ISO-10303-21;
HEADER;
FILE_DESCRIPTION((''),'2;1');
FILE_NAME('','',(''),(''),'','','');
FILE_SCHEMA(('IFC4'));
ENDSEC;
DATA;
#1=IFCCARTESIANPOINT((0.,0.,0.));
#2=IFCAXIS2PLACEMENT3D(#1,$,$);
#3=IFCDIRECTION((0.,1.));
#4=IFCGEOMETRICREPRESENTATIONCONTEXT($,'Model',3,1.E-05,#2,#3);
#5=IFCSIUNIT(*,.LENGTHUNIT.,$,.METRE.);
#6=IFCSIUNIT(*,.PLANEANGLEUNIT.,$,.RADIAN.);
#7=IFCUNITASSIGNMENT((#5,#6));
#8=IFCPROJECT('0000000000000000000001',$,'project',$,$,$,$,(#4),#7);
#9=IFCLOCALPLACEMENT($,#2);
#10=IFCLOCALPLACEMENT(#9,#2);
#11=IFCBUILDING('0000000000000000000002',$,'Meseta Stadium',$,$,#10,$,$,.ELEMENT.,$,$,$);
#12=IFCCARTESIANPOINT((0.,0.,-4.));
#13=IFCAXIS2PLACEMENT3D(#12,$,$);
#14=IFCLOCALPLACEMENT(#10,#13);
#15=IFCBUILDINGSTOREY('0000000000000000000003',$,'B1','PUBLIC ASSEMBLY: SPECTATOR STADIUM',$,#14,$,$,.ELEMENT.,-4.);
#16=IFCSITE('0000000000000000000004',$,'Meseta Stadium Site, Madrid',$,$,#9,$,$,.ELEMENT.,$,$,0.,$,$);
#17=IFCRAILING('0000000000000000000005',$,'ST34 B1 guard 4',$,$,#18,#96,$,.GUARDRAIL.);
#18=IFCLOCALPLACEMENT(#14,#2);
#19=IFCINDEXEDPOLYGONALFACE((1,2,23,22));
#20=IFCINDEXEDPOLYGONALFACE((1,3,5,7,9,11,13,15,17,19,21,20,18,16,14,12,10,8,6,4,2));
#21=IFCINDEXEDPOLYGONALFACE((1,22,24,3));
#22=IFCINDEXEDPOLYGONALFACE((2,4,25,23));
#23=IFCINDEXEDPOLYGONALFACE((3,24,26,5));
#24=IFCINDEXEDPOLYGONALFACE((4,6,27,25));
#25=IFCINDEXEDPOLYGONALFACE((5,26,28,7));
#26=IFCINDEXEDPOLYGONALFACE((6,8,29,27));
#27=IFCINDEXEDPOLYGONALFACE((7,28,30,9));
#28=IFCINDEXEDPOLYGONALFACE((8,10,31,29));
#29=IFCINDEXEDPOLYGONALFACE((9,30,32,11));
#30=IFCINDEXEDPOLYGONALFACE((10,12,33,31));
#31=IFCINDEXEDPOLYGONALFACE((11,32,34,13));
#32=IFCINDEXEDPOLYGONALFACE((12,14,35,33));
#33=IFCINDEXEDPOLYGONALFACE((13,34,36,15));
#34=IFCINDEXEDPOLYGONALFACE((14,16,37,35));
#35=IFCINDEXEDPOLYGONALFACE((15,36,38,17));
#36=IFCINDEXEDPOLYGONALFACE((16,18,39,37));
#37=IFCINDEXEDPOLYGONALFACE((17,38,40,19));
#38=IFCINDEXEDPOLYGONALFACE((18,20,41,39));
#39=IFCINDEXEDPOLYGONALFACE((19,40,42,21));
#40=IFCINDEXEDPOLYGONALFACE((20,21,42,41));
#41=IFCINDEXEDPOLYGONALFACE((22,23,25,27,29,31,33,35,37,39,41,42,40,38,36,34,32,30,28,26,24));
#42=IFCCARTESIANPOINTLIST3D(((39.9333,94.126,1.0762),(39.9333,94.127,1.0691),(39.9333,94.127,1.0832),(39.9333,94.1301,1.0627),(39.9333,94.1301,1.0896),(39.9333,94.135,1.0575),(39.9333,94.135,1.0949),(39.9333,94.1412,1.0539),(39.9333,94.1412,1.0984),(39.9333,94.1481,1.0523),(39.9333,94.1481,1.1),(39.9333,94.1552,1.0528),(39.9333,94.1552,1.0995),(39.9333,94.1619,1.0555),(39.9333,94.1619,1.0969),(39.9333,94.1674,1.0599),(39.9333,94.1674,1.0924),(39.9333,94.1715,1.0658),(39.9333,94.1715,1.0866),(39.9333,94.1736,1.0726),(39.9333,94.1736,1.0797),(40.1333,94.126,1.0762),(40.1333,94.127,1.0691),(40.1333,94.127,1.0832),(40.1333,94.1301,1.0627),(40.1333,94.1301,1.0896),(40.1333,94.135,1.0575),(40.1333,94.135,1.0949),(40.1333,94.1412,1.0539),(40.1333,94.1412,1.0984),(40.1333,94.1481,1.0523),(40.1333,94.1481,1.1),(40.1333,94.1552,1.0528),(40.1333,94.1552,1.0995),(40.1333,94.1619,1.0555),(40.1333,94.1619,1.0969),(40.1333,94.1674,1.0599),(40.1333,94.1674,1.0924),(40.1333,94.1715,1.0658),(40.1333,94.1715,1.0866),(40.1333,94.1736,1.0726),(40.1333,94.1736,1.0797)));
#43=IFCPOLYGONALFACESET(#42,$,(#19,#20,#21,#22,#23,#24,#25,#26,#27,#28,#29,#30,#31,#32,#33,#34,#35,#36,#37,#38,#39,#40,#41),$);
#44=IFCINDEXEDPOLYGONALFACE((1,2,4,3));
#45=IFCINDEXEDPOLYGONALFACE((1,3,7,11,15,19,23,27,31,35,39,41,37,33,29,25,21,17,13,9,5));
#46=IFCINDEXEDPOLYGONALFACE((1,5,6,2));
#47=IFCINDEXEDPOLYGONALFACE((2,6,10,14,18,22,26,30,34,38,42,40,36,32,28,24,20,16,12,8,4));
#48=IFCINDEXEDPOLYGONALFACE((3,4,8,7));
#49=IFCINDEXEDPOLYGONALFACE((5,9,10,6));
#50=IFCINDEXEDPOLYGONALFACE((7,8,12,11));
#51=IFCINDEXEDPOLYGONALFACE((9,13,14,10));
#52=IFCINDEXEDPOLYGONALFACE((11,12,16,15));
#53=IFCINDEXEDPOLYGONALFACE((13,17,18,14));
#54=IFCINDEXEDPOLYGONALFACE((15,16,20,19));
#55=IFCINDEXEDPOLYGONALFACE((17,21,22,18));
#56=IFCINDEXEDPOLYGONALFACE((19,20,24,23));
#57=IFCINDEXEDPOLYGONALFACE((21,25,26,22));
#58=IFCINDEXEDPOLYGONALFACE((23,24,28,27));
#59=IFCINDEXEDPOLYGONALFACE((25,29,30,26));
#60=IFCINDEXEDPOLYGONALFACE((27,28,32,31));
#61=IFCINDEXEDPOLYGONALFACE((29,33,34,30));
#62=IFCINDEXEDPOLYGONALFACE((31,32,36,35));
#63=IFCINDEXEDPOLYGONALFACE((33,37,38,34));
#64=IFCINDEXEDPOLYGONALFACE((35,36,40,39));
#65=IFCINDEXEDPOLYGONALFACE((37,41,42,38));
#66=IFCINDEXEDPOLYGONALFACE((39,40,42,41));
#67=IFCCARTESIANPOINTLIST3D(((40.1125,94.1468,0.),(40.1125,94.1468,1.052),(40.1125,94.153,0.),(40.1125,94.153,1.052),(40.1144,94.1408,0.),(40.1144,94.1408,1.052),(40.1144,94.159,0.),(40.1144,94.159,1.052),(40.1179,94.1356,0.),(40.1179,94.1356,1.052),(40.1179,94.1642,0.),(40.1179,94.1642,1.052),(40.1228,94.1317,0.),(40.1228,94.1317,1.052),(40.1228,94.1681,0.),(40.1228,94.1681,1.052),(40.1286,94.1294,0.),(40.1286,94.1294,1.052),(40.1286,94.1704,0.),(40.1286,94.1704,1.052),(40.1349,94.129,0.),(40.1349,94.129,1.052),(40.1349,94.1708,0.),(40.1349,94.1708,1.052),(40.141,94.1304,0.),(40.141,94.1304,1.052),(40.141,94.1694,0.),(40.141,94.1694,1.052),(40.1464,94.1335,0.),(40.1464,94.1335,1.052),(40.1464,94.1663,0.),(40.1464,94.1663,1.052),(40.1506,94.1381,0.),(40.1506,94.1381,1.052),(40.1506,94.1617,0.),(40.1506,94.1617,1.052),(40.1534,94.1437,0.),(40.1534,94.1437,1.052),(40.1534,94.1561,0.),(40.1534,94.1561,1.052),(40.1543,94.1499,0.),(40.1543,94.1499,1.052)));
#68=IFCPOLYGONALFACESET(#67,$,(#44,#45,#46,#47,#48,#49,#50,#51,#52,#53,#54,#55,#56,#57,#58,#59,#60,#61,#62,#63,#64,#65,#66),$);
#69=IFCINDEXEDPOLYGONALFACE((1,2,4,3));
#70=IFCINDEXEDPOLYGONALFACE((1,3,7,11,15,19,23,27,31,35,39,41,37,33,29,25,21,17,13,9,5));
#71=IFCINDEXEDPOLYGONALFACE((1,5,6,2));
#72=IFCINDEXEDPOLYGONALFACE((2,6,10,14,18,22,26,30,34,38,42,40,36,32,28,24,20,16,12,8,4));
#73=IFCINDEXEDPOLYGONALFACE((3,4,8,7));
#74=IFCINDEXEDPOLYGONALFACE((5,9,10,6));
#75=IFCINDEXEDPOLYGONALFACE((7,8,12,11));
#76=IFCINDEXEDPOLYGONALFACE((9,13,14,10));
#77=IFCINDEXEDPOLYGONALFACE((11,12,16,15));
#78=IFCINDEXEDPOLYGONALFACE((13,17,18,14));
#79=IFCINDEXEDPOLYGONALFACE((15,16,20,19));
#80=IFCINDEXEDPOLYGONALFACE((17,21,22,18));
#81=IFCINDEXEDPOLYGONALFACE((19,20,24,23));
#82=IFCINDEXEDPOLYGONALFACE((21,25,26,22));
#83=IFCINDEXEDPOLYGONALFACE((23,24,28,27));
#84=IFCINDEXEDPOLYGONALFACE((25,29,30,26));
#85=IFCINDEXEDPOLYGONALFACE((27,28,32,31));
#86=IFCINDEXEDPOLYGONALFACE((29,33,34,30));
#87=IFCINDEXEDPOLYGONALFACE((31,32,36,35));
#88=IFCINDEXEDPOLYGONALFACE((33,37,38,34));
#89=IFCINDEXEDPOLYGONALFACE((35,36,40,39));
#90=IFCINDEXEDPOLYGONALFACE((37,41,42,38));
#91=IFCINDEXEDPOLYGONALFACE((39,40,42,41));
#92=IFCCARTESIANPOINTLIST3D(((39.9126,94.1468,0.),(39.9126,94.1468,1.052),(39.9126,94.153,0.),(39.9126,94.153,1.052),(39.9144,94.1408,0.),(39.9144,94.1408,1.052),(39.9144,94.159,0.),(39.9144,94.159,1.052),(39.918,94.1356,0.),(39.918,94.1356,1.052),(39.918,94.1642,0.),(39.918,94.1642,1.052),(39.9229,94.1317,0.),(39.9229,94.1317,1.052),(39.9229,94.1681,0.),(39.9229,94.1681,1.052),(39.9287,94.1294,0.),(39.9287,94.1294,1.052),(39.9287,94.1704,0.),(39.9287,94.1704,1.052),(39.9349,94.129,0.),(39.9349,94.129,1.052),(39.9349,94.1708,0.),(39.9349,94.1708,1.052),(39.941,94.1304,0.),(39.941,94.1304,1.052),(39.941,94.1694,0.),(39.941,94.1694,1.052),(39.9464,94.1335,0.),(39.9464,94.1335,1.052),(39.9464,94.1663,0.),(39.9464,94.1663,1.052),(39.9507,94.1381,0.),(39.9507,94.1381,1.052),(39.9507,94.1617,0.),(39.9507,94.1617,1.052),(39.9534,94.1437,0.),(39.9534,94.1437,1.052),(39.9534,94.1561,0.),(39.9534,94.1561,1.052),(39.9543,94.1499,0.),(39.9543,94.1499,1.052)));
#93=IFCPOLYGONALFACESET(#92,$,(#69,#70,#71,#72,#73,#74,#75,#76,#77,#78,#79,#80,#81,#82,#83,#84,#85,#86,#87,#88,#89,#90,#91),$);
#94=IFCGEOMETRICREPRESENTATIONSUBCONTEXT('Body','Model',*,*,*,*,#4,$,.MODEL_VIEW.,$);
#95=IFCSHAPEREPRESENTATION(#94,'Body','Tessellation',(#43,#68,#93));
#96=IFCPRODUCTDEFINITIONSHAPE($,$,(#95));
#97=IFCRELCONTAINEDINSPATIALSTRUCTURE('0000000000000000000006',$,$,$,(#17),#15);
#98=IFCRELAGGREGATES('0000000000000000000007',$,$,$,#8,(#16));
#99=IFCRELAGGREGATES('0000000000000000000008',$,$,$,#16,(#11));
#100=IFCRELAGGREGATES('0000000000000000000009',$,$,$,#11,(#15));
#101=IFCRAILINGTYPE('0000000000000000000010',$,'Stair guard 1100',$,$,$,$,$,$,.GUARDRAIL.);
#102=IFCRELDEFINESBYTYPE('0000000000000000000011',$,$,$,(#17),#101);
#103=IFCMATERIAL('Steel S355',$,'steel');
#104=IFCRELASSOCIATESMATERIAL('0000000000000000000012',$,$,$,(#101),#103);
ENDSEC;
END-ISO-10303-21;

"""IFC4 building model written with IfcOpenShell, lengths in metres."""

from ifc_helpers import new_model, si_unit, direction, frame, origin, origin_2d, place, context, subcontext, project, spatial, circle, extrude, material, type_object, element, save


model = new_model("IFC4")

# Units and contexts
model_context = context("Model", 3, precision=1e-05, world=origin(), true_north=direction((0.0, 1.0)))
body_context = subcontext(model_context, "Body", "Model", "MODEL_VIEW")
ifc_project = project(units=[si_unit("LENGTHUNIT", "METRE"), si_unit("PLANEANGLEUNIT", "RADIAN")], contexts=[model_context])

# Site, building, storey
site_placement = place(None, origin())
site = spatial("IfcSite", under=ifc_project, at=site_placement, Name="Meseta Stadium Site, Madrid", CompositionType="ELEMENT", RefElevation=0.0)
building_placement = place(site_placement, origin())
building = spatial("IfcBuilding", under=site, at=building_placement, Name="Meseta Stadium", CompositionType="ELEMENT")
storey_placement = place(building_placement, frame((0.0, 0.0, -4.0)))
storey = spatial("IfcBuildingStorey", under=building, at=storey_placement, Name="B1", Description="PUBLIC ASSEMBLY: SPECTATOR STADIUM", CompositionType="ELEMENT", Elevation=-4.0)

# Railing
ifc_material_1 = material(Name="Steel S355", Category="steel")
railing_type_1 = type_object("IfcRailingType", Name="Stair guard 1100", PredefinedType="GUARDRAIL", material=ifc_material_1)
railing_1_placement = place(storey_placement, frame((40.1333, 94.1499, 0.0)))
element("IfcRailing", 1, at=railing_1_placement, inside=storey, type_object=railing_type_1, Name="ST34 B1 guard 4", PredefinedType="GUARDRAIL", context=body_context, shape_type="SweptSolid", body=[
    extrude(circle(Radius=0.0239, at=origin_2d()), frame((0.0, 0.0, 1.0762), z_axis=(-1.0, 0.0, 0.0), x_axis=(0.0, -1.0, 0.0)), (0.0, 0.0, 1.0), 0.2),
    extrude(circle(Radius=0.021, at=origin_2d()), origin(), (0.0, 0.0, 1.0), 1.052),
    extrude(circle(Radius=0.021, at=origin_2d()), frame((-0.2, 0.0, 0.0)), (0.0, 0.0, 1.0), 1.052),
])

save(model, "model.ifc")
